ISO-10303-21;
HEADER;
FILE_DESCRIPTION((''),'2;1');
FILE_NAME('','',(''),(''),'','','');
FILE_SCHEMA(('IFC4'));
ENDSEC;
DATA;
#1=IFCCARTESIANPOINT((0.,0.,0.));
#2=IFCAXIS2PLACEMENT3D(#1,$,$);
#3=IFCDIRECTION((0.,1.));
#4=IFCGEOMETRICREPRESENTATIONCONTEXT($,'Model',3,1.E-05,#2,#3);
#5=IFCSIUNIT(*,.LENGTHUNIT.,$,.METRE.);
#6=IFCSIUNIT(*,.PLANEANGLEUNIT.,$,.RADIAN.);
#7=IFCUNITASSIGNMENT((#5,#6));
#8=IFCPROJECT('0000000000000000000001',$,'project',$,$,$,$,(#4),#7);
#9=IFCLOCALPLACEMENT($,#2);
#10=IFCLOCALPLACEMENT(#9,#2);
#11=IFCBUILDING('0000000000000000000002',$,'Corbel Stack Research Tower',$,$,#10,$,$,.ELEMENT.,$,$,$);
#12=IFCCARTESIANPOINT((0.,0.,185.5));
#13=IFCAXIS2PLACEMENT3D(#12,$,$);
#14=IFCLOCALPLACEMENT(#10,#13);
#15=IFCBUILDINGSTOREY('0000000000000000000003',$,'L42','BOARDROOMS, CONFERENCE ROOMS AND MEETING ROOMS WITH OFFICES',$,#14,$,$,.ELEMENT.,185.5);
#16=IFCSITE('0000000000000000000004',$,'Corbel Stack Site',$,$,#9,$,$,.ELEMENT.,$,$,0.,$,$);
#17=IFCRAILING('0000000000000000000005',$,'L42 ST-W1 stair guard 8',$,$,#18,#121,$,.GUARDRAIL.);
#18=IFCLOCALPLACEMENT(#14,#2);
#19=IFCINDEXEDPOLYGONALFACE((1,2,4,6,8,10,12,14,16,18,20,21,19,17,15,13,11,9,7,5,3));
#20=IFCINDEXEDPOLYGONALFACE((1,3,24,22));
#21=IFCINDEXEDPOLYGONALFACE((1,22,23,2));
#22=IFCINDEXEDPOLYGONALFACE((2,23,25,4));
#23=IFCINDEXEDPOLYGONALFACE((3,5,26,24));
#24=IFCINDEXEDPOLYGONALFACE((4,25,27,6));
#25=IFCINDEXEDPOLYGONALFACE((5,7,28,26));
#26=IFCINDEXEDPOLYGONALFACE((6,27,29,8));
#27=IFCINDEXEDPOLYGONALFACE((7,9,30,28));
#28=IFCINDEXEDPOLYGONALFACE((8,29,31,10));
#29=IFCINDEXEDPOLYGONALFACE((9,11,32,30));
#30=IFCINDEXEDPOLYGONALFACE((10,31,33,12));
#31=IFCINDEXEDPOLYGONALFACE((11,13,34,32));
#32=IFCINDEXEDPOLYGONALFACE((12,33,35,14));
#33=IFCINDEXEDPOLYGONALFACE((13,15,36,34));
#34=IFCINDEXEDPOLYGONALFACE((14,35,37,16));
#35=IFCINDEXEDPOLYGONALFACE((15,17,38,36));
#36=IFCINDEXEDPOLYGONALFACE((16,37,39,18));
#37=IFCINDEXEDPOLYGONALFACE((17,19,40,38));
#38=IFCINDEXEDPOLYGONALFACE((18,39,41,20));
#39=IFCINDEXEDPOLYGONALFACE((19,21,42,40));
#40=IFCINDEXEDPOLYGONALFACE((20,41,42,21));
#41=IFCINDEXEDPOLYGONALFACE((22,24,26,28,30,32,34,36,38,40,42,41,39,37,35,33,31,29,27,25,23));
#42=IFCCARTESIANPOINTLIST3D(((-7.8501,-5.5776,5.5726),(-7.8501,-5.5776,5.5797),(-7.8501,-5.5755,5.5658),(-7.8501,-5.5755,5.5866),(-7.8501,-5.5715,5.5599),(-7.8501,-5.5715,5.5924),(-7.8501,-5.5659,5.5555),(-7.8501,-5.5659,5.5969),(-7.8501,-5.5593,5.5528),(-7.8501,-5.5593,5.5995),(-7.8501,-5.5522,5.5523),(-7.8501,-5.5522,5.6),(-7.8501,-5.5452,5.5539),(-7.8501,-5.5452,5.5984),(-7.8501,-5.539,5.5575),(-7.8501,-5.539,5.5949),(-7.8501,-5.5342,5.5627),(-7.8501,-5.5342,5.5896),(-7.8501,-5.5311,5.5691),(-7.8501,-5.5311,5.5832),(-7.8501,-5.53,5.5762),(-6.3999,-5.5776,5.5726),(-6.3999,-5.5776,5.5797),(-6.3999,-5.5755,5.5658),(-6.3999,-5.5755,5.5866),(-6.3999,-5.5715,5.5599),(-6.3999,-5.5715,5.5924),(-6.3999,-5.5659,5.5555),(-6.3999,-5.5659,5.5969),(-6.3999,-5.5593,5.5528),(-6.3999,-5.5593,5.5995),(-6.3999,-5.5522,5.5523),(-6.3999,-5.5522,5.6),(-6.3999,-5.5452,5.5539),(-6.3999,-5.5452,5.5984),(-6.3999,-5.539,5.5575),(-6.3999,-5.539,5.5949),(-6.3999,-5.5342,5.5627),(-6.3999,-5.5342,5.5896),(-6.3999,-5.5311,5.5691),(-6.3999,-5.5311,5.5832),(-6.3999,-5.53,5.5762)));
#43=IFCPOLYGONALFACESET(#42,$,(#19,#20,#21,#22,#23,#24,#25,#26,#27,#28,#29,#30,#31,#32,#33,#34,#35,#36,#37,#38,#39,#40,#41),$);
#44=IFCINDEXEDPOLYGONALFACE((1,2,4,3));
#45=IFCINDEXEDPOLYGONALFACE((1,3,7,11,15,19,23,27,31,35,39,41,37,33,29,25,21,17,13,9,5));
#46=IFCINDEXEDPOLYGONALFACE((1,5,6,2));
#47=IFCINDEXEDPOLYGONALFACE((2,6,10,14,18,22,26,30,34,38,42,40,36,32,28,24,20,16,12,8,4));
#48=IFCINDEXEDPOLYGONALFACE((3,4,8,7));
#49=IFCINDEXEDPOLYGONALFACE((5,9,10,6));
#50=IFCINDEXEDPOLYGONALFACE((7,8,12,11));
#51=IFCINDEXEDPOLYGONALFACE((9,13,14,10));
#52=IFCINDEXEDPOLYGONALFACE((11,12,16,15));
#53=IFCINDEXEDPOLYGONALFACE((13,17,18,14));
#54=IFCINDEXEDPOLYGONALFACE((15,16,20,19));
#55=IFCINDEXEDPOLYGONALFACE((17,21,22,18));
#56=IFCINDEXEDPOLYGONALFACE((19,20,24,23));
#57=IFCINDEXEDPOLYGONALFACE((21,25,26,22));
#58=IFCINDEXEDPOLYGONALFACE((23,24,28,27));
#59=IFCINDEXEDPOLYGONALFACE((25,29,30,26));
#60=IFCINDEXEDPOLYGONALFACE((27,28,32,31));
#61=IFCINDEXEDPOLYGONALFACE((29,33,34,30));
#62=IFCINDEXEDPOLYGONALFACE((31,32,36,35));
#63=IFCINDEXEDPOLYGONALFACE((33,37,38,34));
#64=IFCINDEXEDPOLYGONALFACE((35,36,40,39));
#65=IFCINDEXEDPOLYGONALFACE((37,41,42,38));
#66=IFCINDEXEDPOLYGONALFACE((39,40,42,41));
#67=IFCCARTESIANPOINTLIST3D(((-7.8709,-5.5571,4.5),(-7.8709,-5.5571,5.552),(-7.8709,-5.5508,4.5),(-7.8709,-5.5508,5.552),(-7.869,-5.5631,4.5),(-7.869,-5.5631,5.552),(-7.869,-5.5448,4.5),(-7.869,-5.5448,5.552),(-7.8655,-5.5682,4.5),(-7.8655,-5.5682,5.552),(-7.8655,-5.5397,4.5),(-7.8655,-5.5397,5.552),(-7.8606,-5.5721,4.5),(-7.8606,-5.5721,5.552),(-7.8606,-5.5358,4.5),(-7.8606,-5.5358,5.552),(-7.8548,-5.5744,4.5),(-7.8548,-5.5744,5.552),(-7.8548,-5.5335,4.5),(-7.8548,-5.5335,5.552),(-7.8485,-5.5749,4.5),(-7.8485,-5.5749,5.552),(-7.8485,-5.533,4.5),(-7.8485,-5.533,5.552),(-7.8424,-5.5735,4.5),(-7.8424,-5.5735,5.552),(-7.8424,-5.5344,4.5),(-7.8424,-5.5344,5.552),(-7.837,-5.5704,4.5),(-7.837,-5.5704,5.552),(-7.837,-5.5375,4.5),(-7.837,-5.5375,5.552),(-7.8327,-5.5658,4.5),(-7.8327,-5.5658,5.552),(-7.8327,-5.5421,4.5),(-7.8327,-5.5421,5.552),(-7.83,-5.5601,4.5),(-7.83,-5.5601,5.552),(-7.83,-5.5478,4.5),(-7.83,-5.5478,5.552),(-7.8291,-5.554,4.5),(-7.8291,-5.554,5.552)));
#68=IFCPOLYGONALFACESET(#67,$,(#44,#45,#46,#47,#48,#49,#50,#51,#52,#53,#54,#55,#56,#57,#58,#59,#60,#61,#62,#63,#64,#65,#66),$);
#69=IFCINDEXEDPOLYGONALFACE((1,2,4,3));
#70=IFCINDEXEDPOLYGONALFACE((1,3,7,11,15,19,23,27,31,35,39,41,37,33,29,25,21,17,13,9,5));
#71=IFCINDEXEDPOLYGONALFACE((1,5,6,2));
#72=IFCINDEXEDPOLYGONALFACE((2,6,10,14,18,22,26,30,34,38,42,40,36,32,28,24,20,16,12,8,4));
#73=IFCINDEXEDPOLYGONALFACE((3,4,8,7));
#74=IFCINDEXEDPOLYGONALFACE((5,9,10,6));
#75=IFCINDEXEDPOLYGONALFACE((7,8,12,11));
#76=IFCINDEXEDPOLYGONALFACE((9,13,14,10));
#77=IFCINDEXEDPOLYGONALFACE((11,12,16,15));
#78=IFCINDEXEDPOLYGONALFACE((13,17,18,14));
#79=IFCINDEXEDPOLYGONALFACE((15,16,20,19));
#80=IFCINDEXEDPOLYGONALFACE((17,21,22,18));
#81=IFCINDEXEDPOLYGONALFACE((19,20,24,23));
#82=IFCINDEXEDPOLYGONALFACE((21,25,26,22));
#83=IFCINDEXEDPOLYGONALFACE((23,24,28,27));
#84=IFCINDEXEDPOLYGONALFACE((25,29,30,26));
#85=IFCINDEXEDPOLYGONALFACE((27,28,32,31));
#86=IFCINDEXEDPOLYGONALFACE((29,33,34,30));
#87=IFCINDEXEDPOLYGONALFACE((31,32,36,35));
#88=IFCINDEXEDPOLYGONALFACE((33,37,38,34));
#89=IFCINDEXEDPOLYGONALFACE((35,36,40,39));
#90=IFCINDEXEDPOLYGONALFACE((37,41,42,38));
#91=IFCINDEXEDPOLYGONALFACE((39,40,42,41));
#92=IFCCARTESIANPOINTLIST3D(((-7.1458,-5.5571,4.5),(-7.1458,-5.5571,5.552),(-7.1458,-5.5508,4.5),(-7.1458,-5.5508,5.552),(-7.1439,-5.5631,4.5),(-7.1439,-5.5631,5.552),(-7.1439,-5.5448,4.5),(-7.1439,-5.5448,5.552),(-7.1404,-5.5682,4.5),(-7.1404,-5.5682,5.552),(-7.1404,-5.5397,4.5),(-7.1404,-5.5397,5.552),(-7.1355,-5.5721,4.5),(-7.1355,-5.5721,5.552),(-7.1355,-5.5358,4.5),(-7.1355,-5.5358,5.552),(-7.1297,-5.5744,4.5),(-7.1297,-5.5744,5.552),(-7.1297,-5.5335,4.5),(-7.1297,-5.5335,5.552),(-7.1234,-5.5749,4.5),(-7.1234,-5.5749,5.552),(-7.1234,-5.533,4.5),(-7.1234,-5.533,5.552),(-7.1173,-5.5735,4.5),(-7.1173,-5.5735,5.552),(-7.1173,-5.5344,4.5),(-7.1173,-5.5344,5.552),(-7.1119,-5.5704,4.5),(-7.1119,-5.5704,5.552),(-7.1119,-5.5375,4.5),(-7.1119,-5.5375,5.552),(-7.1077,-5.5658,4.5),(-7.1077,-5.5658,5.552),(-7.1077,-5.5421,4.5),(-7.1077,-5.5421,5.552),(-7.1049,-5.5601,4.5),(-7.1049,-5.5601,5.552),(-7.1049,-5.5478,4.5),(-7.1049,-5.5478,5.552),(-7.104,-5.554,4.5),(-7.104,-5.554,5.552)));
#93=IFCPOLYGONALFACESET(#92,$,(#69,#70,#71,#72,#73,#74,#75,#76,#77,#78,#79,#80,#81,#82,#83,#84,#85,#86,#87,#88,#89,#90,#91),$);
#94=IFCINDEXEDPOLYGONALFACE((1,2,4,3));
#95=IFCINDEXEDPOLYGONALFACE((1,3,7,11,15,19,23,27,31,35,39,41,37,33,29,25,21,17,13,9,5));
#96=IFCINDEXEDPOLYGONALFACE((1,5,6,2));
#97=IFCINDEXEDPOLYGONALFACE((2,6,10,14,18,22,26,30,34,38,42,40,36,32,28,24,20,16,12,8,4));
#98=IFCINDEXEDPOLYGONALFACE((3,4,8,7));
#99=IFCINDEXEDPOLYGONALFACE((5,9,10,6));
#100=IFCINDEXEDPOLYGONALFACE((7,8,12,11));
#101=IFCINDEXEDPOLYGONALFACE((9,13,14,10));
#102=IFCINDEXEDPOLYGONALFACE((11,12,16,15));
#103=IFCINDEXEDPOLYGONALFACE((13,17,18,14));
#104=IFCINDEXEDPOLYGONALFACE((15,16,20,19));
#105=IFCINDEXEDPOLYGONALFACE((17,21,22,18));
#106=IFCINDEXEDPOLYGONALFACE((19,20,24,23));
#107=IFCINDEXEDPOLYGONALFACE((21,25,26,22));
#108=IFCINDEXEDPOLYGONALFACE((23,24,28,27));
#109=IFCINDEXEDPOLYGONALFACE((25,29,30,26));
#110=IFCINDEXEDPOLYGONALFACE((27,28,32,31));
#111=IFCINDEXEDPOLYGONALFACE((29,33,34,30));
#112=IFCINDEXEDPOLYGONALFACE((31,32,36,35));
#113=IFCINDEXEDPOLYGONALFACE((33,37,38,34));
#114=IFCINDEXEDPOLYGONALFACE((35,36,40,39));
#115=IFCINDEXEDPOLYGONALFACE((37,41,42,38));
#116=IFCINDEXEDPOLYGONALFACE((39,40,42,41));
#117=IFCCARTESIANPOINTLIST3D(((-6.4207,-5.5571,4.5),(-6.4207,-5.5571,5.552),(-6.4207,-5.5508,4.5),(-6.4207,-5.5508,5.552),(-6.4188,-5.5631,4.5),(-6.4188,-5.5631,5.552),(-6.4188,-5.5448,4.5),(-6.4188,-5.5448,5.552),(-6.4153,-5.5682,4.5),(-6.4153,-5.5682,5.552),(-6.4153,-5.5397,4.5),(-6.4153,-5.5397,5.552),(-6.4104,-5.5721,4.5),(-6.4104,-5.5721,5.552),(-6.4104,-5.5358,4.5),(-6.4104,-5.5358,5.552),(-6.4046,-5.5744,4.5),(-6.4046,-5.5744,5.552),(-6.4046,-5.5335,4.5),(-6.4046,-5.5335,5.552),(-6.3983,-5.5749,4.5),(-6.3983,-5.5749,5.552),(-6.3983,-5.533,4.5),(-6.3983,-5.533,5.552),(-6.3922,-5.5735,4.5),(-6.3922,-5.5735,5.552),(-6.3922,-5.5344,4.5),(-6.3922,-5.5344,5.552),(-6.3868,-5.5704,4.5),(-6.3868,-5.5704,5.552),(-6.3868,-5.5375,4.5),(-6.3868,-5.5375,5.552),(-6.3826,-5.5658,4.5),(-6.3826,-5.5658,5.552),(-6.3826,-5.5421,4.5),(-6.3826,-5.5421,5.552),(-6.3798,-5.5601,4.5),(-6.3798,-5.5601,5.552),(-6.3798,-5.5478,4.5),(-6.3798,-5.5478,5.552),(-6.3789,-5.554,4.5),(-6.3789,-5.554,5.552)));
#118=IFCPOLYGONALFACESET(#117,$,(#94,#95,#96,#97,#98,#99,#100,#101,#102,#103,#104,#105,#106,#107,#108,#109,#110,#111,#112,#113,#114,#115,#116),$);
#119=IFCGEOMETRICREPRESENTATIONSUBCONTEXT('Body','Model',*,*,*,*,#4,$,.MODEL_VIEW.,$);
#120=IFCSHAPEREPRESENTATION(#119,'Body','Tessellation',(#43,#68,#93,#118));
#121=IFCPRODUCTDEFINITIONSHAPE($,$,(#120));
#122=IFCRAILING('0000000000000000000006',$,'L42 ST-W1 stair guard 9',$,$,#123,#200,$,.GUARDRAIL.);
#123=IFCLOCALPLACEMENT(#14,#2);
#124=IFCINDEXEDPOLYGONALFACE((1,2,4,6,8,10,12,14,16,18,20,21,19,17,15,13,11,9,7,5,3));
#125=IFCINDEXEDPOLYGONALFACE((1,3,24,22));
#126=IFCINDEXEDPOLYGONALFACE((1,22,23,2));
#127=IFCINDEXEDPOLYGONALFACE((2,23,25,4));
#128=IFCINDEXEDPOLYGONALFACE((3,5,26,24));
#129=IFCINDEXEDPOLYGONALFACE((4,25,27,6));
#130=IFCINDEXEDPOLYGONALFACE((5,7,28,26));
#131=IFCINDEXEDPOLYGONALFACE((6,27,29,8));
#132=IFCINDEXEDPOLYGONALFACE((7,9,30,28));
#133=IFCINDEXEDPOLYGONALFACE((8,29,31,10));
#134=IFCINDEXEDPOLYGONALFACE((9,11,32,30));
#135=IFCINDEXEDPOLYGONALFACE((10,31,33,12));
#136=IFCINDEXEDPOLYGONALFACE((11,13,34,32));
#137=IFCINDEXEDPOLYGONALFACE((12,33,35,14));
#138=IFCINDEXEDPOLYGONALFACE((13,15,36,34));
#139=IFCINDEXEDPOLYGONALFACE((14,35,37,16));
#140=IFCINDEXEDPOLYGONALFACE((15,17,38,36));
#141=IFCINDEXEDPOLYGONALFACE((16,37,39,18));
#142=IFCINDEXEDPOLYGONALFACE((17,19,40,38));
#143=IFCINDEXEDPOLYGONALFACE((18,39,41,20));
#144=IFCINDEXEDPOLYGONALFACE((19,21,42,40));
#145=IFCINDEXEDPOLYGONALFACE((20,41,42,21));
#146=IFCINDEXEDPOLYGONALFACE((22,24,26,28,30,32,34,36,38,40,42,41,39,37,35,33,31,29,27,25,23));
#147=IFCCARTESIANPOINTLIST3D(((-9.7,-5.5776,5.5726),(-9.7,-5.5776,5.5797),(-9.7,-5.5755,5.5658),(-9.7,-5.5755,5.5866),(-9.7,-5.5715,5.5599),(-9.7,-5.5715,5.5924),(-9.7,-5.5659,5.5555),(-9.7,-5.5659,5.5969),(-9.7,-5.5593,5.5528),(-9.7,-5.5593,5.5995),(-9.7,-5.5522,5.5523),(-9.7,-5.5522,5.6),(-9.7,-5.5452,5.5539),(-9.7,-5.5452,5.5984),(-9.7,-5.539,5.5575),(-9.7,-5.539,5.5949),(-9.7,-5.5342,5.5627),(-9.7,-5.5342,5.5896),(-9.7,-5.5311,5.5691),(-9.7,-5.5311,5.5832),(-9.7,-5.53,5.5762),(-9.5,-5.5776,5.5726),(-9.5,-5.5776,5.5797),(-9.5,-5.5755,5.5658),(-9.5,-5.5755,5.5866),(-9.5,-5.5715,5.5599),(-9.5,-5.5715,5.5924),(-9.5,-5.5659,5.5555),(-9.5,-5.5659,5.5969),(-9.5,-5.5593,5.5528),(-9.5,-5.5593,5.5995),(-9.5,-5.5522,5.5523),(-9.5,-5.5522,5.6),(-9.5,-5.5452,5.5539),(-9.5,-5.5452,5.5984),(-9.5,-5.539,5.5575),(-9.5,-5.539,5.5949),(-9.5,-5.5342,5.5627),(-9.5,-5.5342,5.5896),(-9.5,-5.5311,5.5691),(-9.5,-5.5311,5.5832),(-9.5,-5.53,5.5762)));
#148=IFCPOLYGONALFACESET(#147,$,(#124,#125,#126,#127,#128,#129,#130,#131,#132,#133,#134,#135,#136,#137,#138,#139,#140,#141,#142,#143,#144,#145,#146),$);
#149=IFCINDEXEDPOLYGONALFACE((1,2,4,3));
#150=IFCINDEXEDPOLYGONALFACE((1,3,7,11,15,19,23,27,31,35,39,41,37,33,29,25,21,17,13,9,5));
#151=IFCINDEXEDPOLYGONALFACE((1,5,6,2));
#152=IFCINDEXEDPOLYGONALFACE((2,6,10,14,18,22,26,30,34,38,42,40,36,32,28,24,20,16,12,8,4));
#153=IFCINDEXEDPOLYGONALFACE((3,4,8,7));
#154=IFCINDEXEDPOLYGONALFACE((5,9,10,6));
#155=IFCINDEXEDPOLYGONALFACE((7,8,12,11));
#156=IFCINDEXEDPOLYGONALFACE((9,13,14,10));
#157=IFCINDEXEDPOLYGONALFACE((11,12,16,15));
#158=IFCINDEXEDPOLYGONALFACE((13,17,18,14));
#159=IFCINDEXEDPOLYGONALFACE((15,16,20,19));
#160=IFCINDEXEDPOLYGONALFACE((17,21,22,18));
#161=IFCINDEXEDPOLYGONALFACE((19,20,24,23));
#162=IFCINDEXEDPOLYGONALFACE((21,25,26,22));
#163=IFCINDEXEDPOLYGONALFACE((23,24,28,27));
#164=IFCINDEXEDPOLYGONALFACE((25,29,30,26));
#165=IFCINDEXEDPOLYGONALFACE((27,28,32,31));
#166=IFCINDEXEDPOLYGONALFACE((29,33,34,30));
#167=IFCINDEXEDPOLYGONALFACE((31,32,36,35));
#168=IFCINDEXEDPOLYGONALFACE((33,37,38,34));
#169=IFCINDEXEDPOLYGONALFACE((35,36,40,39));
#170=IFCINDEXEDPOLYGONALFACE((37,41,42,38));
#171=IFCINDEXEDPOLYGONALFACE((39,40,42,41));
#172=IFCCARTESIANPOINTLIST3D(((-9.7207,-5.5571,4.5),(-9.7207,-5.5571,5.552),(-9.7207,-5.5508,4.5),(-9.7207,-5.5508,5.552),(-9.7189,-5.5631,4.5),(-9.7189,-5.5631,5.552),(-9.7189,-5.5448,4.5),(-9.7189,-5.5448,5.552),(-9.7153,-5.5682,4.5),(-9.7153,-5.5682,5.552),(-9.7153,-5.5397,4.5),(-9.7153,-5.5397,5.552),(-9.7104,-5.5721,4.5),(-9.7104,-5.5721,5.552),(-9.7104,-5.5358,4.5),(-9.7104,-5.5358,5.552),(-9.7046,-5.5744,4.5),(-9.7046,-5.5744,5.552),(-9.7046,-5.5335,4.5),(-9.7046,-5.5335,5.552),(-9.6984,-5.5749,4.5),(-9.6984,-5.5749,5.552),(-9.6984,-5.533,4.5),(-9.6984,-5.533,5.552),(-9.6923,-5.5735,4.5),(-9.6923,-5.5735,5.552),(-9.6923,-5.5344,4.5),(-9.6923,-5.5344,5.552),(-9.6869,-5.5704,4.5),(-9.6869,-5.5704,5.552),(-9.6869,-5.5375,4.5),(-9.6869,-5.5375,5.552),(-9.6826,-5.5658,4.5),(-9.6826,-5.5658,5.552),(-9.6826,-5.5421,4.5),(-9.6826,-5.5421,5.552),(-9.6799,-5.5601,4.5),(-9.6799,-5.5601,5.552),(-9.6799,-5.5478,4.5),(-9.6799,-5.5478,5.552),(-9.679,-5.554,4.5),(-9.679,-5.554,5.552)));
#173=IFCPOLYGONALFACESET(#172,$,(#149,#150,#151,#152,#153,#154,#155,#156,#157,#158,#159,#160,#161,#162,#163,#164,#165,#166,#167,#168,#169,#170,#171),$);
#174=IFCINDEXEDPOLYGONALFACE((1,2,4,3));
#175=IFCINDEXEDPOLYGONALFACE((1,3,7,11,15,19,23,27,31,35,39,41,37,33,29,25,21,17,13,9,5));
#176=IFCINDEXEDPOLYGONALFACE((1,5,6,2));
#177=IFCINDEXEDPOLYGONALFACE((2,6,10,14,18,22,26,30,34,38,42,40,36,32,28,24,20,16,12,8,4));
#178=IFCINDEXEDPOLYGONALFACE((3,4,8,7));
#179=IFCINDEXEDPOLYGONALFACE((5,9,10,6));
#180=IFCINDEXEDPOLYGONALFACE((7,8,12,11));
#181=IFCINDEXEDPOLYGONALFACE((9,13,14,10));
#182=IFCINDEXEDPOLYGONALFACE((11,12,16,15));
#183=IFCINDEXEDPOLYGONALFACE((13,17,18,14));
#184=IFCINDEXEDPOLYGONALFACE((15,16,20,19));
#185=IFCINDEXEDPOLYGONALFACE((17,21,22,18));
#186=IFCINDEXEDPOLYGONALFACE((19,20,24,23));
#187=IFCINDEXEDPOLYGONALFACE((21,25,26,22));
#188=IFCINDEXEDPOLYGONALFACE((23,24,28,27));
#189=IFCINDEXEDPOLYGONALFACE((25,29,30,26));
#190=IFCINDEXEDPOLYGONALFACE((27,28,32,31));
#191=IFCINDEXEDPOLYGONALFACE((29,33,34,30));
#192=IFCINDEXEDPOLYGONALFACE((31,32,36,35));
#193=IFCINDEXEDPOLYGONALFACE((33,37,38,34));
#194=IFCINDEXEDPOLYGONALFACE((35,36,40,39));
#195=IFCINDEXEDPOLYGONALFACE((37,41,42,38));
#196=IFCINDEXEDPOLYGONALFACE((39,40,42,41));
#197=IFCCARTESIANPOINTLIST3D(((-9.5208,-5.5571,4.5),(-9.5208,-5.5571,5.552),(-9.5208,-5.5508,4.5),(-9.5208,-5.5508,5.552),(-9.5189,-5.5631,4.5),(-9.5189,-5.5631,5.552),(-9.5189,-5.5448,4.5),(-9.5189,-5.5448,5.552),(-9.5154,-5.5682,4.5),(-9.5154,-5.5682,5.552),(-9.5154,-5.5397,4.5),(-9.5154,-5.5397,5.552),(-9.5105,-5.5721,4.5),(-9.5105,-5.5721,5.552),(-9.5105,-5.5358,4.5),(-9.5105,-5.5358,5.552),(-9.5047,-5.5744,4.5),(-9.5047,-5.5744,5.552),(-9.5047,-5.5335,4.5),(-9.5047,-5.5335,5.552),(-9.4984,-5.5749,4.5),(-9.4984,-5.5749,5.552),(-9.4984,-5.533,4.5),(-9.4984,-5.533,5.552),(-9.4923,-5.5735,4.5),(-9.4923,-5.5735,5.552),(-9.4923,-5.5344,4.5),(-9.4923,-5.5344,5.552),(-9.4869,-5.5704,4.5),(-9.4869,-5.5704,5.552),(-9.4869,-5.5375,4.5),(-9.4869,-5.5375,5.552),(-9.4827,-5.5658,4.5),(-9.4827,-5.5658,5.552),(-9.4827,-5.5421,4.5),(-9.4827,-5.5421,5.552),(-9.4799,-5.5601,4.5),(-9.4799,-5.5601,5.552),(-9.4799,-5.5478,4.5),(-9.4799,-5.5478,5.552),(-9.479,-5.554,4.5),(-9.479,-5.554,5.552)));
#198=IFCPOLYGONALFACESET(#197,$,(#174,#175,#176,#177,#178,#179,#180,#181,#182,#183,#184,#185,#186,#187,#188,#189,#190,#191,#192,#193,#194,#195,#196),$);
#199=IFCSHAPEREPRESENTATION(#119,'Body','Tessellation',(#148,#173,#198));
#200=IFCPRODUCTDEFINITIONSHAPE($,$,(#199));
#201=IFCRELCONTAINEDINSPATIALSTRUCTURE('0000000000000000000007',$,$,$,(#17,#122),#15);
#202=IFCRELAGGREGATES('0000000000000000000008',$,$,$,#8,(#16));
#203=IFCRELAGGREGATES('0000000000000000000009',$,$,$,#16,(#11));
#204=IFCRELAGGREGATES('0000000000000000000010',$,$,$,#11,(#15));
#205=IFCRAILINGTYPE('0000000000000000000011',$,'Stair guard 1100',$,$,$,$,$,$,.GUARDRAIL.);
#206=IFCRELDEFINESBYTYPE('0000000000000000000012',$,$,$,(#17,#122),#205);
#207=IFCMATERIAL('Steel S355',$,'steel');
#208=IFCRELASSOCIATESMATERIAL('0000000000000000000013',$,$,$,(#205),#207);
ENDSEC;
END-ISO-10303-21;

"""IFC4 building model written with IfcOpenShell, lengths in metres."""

from ifc_helpers import new_model, si_unit, direction, frame, origin, origin_2d, place, context, subcontext, project, spatial, circle, extrude, material, type_object, element, save


model = new_model("IFC4")

# Units and contexts
model_context = context("Model", 3, precision=1e-05, world=origin(), true_north=direction((0.0, 1.0)))
body_context = subcontext(model_context, "Body", "Model", "MODEL_VIEW")
ifc_project = project(units=[si_unit("LENGTHUNIT", "METRE"), si_unit("PLANEANGLEUNIT", "RADIAN")], contexts=[model_context])

# Site, building, storey
site_placement = place(None, origin())
site = spatial("IfcSite", under=ifc_project, at=site_placement, Name="Corbel Stack Site", CompositionType="ELEMENT", RefElevation=0.0)
building_placement = place(site_placement, origin())
building = spatial("IfcBuilding", under=site, at=building_placement, Name="Corbel Stack Research Tower", CompositionType="ELEMENT")
storey_placement = place(building_placement, frame((0.0, 0.0, 185.5)))
storey = spatial("IfcBuildingStorey", under=building, at=storey_placement, Name="L42", Description="BOARDROOMS, CONFERENCE ROOMS AND MEETING ROOMS WITH OFFICES", CompositionType="ELEMENT", Elevation=185.5)

# Railings
ifc_material_1 = material(Name="Steel S355", Category="steel")
railing_type_1 = type_object("IfcRailingType", Name="Stair guard 1100", PredefinedType="GUARDRAIL", material=ifc_material_1)
railing_1_placement = place(storey_placement, frame((-7.8501, -5.554, 4.5)))
element("IfcRailing", 1, at=railing_1_placement, inside=storey, type_object=railing_type_1, Name="L42 ST-W1 stair guard 8", PredefinedType="GUARDRAIL", context=body_context, shape_type="SweptSolid", body=[
    extrude(circle(Radius=0.0239, at=origin_2d()), frame((0.0, 0.0, 1.0762), z_axis=(1.0, 0.0, 0.0), x_axis=(0.0, 1.0, 0.0)), (0.0, 0.0, 1.0), 1.4502),
    extrude(circle(Radius=0.021, at=origin_2d()), origin(), (0.0, 0.0, 1.0), 1.052),
    extrude(circle(Radius=0.021, at=origin_2d()), frame((0.7251, 0.0, 0.0)), (0.0, 0.0, 1.0), 1.052),
    extrude(circle(Radius=0.021, at=origin_2d()), frame((1.4502, 0.0, 0.0)), (0.0, 0.0, 1.0), 1.052),
])
railing_2_placement = place(storey_placement, frame((-9.7, -5.554, 4.5)))
element("IfcRailing", 2, at=railing_2_placement, inside=storey, type_object=railing_type_1, Name="L42 ST-W1 stair guard 9", PredefinedType="GUARDRAIL", context=body_context, shape_type="SweptSolid", body=[
    extrude(circle(Radius=0.0239, at=origin_2d()), frame((0.0, 0.0, 1.0762), z_axis=(1.0, 0.0, 0.0), x_axis=(0.0, 1.0, 0.0)), (0.0, 0.0, 1.0), 0.2),
    extrude(circle(Radius=0.021, at=origin_2d()), origin(), (0.0, 0.0, 1.0), 1.052),
    extrude(circle(Radius=0.021, at=origin_2d()), frame((0.2, 0.0, 0.0)), (0.0, 0.0, 1.0), 1.052),
])

save(model, "model.ifc")
